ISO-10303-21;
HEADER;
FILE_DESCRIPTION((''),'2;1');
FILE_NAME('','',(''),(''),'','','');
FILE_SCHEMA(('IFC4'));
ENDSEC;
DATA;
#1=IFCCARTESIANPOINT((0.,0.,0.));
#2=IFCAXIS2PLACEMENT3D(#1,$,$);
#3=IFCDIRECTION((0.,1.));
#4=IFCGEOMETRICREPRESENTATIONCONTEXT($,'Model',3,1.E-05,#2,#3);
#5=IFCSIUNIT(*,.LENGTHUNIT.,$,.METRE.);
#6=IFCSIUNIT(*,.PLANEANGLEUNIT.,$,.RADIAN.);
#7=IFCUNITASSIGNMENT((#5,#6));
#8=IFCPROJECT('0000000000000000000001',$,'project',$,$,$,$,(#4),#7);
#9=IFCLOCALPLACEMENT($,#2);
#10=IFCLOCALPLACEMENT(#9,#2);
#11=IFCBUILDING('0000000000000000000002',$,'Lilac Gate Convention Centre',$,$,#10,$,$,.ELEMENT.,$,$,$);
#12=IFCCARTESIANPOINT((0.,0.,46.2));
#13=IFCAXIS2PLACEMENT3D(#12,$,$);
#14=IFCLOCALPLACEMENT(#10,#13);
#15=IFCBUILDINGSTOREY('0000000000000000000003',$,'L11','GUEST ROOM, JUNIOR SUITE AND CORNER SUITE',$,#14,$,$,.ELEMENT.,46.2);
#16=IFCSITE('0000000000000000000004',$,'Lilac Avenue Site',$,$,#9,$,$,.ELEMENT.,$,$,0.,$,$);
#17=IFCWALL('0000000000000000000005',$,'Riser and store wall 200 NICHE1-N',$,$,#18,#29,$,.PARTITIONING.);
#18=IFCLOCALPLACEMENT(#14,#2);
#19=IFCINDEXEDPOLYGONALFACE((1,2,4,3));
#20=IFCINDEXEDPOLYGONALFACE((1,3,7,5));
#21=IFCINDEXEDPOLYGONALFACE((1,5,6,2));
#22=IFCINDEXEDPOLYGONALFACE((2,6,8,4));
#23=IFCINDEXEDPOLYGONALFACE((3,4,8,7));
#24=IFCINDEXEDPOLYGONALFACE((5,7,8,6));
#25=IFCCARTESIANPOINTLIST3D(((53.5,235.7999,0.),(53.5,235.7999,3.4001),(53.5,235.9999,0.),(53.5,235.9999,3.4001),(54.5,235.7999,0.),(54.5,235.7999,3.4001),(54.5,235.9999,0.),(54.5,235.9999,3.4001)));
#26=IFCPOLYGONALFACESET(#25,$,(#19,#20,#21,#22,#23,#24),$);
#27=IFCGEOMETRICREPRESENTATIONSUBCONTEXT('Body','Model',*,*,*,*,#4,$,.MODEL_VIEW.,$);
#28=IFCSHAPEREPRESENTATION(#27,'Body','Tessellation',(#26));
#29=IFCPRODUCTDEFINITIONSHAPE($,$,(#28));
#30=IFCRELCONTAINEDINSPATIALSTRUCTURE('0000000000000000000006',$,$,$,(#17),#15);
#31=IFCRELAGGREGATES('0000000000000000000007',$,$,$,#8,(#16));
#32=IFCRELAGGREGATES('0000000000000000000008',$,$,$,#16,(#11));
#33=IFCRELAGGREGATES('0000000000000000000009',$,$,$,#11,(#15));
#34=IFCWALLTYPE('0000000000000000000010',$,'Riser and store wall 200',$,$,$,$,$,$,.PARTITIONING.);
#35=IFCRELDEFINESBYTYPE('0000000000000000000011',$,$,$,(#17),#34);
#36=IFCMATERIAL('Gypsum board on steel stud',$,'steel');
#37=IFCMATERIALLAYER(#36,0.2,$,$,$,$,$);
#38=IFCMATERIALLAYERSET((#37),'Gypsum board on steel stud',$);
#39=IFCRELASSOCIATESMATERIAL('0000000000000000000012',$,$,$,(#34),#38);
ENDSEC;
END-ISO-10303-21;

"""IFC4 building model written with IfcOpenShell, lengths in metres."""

from ifc_helpers import new_model, si_unit, direction, frame, frame_2d, origin, place, context, subcontext, project, spatial, rectangle, extrude, material, layer, layer_set, type_object, element, save


model = new_model("IFC4")

# Units and contexts
model_context = context("Model", 3, precision=1e-05, world=origin(), true_north=direction((0.0, 1.0)))
body_context = subcontext(model_context, "Body", "Model", "MODEL_VIEW")
ifc_project = project(units=[si_unit("LENGTHUNIT", "METRE"), si_unit("PLANEANGLEUNIT", "RADIAN")], contexts=[model_context])

# Site, building, storey
site_placement = place(None, origin())
site = spatial("IfcSite", under=ifc_project, at=site_placement, Name="Lilac Avenue Site", CompositionType="ELEMENT", RefElevation=0.0)
building_placement = place(site_placement, origin())
building = spatial("IfcBuilding", under=site, at=building_placement, Name="Lilac Gate Convention Centre", CompositionType="ELEMENT")
storey_placement = place(building_placement, frame((0.0, 0.0, 46.2)))
storey = spatial("IfcBuildingStorey", under=building, at=storey_placement, Name="L11", Description="GUEST ROOM, JUNIOR SUITE AND CORNER SUITE", CompositionType="ELEMENT", Elevation=46.2)

# Shared definitions
ifc_material_1 = material(Name="Gypsum board on steel stud", Category="steel")

# Wall
ifc_layer_1 = layer(ifc_material_1, 0.2)
ifc_layer_set_1 = layer_set([ifc_layer_1], Name="Gypsum board on steel stud")
wall_type_1 = type_object("IfcWallType", Name="Riser and store wall 200", PredefinedType="PARTITIONING", material=ifc_layer_set_1)
wall_1_placement = place(storey_placement, frame((53.5, 235.8999, 0.0), z_axis=(0.0, 0.0, 1.0), x_axis=(1.0, 0.0, 0.0)))
element("IfcWall", 1, at=wall_1_placement, inside=storey, type_object=wall_type_1, Name="Riser and store wall 200 NICHE1-N", PredefinedType="PARTITIONING", context=body_context, shape_type="SweptSolid", body=[
    extrude(rectangle(XDim=1.0, YDim=0.2, at=frame_2d((0.5, 0.0))), origin(), (0.0, 0.0, 1.0), 3.4001),
])

save(model, "model.ifc")
